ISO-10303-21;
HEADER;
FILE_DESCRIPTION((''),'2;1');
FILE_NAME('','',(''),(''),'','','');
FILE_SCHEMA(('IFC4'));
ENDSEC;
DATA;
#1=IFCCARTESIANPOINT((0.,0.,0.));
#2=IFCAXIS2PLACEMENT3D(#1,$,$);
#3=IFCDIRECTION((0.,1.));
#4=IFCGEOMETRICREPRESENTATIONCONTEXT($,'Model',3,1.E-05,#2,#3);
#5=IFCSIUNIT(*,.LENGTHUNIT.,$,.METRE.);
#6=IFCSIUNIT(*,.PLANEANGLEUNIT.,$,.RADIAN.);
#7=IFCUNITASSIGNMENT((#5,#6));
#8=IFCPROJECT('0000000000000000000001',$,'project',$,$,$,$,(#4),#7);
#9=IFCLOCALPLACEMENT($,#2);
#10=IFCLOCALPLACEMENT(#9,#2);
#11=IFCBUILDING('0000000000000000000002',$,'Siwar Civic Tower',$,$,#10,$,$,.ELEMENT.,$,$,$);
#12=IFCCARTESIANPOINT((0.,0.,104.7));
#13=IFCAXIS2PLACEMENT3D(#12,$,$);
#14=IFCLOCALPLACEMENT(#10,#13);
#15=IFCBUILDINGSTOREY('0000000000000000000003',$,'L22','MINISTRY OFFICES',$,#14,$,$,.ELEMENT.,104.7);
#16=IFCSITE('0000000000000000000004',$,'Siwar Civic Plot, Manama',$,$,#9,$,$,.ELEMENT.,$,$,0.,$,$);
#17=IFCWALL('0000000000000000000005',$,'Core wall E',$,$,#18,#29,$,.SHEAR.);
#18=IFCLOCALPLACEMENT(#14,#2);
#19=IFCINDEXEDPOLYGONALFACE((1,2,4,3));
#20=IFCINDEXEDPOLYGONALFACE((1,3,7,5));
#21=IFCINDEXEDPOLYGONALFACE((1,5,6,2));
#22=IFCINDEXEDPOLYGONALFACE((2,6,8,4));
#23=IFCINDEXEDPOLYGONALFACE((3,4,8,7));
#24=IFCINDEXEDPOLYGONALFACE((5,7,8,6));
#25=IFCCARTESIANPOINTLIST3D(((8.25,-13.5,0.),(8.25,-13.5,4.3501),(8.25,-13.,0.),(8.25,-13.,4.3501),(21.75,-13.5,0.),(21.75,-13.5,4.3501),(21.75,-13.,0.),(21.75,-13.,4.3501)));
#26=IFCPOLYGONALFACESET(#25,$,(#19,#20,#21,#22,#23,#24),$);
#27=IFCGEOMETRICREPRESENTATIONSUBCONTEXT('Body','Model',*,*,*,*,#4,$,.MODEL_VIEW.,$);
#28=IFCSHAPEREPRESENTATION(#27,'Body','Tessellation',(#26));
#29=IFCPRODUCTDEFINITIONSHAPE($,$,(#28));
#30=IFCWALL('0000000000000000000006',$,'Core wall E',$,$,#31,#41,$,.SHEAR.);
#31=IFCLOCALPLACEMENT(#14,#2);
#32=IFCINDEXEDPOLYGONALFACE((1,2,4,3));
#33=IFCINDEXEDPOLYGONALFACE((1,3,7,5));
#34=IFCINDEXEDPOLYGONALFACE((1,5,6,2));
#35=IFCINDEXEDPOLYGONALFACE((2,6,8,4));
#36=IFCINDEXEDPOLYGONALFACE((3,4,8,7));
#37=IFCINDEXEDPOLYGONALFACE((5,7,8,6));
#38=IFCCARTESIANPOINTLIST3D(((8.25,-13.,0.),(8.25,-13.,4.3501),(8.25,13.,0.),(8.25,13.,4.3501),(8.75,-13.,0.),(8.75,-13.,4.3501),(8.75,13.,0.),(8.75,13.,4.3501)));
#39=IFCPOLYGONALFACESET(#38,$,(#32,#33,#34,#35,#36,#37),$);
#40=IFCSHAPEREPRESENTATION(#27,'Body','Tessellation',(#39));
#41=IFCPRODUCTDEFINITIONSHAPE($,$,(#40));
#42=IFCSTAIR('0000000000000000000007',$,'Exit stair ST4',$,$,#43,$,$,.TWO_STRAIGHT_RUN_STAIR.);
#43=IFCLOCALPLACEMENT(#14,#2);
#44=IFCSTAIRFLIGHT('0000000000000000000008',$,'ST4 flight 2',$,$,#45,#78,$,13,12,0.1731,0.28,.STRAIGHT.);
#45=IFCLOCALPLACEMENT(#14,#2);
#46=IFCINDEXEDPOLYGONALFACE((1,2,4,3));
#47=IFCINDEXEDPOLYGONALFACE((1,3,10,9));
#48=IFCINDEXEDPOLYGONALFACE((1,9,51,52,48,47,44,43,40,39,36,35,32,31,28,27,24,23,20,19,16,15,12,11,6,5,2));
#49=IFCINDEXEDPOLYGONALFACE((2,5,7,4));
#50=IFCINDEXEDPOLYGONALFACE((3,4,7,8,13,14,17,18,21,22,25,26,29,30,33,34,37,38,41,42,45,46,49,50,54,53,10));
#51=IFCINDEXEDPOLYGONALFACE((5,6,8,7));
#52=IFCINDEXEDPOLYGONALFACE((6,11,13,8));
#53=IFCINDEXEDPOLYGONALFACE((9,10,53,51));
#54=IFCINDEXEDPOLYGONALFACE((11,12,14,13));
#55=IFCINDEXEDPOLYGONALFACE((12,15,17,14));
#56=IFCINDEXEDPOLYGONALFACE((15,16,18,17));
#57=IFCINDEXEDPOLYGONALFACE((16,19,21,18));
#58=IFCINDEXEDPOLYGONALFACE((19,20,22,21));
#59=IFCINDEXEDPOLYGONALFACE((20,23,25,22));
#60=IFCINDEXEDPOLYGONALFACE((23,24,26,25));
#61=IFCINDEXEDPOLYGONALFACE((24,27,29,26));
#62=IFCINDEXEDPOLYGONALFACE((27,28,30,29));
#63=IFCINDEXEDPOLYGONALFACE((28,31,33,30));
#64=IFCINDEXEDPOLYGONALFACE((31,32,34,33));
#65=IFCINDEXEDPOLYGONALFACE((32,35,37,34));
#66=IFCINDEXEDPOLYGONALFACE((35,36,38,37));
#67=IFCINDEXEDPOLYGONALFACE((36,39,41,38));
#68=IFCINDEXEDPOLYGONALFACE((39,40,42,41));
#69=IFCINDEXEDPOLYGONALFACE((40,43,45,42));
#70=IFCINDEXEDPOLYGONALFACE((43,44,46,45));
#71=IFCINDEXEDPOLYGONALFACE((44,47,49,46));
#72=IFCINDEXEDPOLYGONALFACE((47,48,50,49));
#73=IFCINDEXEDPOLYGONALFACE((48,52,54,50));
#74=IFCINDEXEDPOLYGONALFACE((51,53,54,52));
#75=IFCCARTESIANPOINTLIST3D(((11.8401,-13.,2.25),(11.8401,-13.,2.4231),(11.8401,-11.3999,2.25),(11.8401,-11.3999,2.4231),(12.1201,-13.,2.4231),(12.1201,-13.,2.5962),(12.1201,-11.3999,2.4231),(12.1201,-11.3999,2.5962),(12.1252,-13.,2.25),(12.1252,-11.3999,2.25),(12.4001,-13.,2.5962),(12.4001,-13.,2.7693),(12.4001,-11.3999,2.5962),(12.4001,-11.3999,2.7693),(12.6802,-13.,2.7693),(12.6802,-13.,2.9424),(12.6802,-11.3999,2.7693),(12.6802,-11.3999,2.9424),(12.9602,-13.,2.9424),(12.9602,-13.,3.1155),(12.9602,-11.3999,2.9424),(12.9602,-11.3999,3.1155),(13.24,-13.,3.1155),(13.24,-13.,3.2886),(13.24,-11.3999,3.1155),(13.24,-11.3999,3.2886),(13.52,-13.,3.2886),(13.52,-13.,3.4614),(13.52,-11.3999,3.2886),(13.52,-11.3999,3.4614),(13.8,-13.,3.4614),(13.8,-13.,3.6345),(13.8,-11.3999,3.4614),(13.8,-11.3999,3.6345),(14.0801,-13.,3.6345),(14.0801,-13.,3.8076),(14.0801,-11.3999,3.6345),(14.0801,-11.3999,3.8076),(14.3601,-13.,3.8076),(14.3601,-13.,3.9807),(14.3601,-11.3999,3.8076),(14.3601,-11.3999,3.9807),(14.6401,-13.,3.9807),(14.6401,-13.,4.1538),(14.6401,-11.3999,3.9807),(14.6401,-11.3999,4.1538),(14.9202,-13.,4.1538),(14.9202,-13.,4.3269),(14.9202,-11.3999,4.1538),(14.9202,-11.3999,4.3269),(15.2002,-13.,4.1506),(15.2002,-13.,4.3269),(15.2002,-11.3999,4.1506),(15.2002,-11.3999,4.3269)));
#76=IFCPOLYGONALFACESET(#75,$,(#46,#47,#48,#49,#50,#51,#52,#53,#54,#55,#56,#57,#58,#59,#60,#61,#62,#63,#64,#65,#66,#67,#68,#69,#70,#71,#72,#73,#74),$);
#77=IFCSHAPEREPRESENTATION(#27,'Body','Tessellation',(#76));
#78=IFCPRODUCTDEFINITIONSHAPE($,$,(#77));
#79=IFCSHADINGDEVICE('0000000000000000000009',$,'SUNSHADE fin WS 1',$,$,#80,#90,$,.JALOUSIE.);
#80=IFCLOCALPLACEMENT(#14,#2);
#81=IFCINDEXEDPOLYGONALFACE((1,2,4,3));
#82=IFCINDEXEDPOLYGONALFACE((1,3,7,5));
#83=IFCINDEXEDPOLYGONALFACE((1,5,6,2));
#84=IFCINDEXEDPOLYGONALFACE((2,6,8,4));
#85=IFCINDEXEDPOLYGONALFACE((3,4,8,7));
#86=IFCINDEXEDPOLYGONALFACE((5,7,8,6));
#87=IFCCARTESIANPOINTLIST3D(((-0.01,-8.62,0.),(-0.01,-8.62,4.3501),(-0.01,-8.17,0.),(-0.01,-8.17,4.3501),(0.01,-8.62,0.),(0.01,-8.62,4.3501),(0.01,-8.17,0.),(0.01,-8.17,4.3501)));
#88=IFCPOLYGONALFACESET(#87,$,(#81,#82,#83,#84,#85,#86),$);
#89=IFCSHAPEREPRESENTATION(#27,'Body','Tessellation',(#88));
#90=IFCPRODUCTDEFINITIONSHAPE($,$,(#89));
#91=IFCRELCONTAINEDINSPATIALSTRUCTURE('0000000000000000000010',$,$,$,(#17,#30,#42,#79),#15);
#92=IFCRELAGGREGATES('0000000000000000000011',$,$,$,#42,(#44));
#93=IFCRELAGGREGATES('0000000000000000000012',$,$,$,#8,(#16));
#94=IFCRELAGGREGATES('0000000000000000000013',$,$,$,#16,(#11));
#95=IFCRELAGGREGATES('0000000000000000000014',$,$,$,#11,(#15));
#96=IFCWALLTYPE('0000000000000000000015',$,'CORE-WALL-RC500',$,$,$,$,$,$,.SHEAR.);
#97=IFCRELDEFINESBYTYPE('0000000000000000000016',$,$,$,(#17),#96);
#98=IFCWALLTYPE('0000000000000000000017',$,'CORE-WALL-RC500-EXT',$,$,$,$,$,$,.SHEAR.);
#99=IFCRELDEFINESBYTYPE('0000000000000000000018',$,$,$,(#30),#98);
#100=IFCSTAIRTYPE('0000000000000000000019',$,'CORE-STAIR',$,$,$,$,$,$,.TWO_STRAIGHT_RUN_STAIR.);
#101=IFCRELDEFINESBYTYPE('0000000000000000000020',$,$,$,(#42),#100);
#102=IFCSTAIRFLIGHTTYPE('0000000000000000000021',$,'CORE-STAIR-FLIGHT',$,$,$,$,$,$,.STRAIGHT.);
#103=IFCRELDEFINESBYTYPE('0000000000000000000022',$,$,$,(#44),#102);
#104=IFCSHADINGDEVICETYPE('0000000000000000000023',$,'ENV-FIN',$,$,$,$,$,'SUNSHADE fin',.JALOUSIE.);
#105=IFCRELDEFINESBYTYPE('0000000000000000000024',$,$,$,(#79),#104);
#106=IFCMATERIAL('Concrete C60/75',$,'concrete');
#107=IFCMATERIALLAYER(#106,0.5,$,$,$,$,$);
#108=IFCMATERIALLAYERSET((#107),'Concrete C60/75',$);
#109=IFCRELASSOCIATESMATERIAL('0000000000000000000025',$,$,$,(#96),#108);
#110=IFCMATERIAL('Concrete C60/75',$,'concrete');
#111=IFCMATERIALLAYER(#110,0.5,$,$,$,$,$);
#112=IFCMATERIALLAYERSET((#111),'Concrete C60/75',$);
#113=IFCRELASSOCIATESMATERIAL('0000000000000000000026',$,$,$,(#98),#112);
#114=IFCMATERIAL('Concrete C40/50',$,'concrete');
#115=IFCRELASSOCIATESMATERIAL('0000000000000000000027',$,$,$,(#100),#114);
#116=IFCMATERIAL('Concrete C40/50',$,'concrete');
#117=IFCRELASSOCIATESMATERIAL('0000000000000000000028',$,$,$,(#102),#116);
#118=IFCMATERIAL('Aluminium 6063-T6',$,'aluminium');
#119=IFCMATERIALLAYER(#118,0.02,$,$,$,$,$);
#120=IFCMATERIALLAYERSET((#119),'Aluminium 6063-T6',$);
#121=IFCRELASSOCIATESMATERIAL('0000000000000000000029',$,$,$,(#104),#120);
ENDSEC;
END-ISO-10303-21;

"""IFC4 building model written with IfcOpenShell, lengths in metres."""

from ifc_helpers import new_model, si_unit, direction, frame, frame_2d, origin, origin_2d, place, context, subcontext, project, spatial, polyline, rectangle, outline, extrude, material, layer, layer_set, type_object, element, aggregate, save


model = new_model("IFC4")

# Units and contexts
model_context = context("Model", 3, precision=1e-05, world=origin(), true_north=direction((0.0, 1.0)))
body_context = subcontext(model_context, "Body", "Model", "MODEL_VIEW")
ifc_project = project(units=[si_unit("LENGTHUNIT", "METRE"), si_unit("PLANEANGLEUNIT", "RADIAN")], contexts=[model_context])

# Site, building, storey
site_placement = place(None, origin())
site = spatial("IfcSite", under=ifc_project, at=site_placement, Name="Siwar Civic Plot, Manama", CompositionType="ELEMENT", RefElevation=0.0)
building_placement = place(site_placement, origin())
building = spatial("IfcBuilding", under=site, at=building_placement, Name="Siwar Civic Tower", CompositionType="ELEMENT")
storey_placement = place(building_placement, frame((0.0, 0.0, 104.7)))
storey = spatial("IfcBuildingStorey", under=building, at=storey_placement, Name="L22", Description="MINISTRY OFFICES", CompositionType="ELEMENT", Elevation=104.7)

# Walls
ifc_material_1 = material(Name="Concrete C60/75", Category="concrete")
ifc_layer_1 = layer(ifc_material_1, 0.5)
ifc_layer_set_1 = layer_set([ifc_layer_1], Name="Concrete C60/75")
wall_type_1 = type_object("IfcWallType", Name="CORE-WALL-RC500", PredefinedType="SHEAR", material=ifc_layer_set_1)
wall_1_placement = place(storey_placement, frame((8.25, -13.25, 0.0), z_axis=(0.0, 0.0, 1.0), x_axis=(1.0, 0.0, 0.0)))
element("IfcWall", 1, at=wall_1_placement, inside=storey, type_object=wall_type_1, Name="Core wall E", PredefinedType="SHEAR", context=body_context, shape_type="SweptSolid", body=[
    extrude(rectangle(XDim=13.5, YDim=0.5, at=frame_2d((6.75, 0.0))), origin(), (0.0, 0.0, 1.0), 4.3501),
])
ifc_material_2 = material(Name="Concrete C60/75", Category="concrete")
ifc_layer_2 = layer(ifc_material_2, 0.5)
ifc_layer_set_2 = layer_set([ifc_layer_2], Name="Concrete C60/75")
wall_type_2 = type_object("IfcWallType", Name="CORE-WALL-RC500-EXT", PredefinedType="SHEAR", material=ifc_layer_set_2)
wall_2_placement = place(storey_placement, frame((8.5, -13.0, 0.0), z_axis=(0.0, 0.0, 1.0), x_axis=(0.0, 1.0, 0.0)))
element("IfcWall", 2, at=wall_2_placement, inside=storey, type_object=wall_type_2, Name="Core wall E", PredefinedType="SHEAR", context=body_context, shape_type="SweptSolid", body=[
    extrude(rectangle(XDim=26.0, YDim=0.5, at=frame_2d((13.0, 0.0))), origin(), (0.0, 0.0, 1.0), 4.3501),
])

# Stair, stair flight
ifc_material_3 = material(Name="Concrete C40/50", Category="concrete")
stair_type = type_object("IfcStairType", Name="CORE-STAIR", PredefinedType="TWO_STRAIGHT_RUN_STAIR", material=ifc_material_3)
stair_placement = place(storey_placement, origin())
stair = element("IfcStair", 3, at=stair_placement, inside=storey, type_object=stair_type, Name="Exit stair ST4", PredefinedType="TWO_STRAIGHT_RUN_STAIR")
ifc_material_4 = material(Name="Concrete C40/50", Category="concrete")
stair_flight_type = type_object("IfcStairFlightType", Name="CORE-STAIR-FLIGHT", PredefinedType="STRAIGHT", material=ifc_material_4)
stair_flight_placement = place(storey_placement, frame((11.8401, -12.2, 2.25), z_axis=(0.0, 0.0, 1.0), x_axis=(1.0, 0.0, 0.0)))
stair_flight = element("IfcStairFlight", 4, at=stair_flight_placement, type_object=stair_flight_type, Name="ST4 flight 2", NumberOfRisers=13, NumberOfTreads=12, PredefinedType="STRAIGHT", RiserHeight=0.1731, TreadLength=0.28, context=body_context, shape_type="SweptSolid", body=[
    extrude(outline(polyline([(0.0, 0.0), (0.0, 0.1731), (0.28, 0.1731), (0.28, 0.3462), (0.5601, 0.3462), (0.5601, 0.5193), (0.8401, 0.5193), (0.8401, 0.6924), (1.1201, 0.6924), (1.1201, 0.8655), (1.3999, 0.8655), (1.3999, 1.0386), (1.6799, 1.0386), (1.6799, 1.2114), (1.96, 1.2114), (1.96, 1.3845), (2.24, 1.3845), (2.24, 1.5576), (2.52, 1.5576), (2.52, 1.7307), (2.8, 1.7307), (2.8, 1.9038), (3.0801, 1.9038), (3.0801, 2.0769), (3.3601, 2.0769), (3.3601, 2.25), (3.3601, 1.9006), (0.2852, 0.0), (0.0, 0.0)])), frame((0.0, 0.8, 0.0), z_axis=(0.0, -1.0, 0.0), x_axis=(1.0, 0.0, 0.0)), (0.0, 0.0, 1.0), 1.6001),
])
aggregate(stair, [stair_flight])

# Shading device
ifc_material_5 = material(Name="Aluminium 6063-T6", Category="aluminium")
ifc_layer_3 = layer(ifc_material_5, 0.02)
ifc_layer_set_3 = layer_set([ifc_layer_3], Name="Aluminium 6063-T6")
shading_device_type = type_object("IfcShadingDeviceType", Name="ENV-FIN", ElementType="SUNSHADE fin", PredefinedType="JALOUSIE", material=ifc_layer_set_3)
shading_device_placement = place(storey_placement, frame((0.0, -8.395, 0.0), z_axis=(0.0, 0.0, 1.0), x_axis=(1.0, 0.0, 0.0)))
element("IfcShadingDevice", 5, at=shading_device_placement, inside=storey, type_object=shading_device_type, Name="SUNSHADE fin WS 1", PredefinedType="JALOUSIE", context=body_context, shape_type="SweptSolid", body=[
    extrude(rectangle(XDim=0.02, YDim=0.45, at=origin_2d()), origin(), (0.0, 0.0, 1.0), 4.3501),
])

save(model, "model.ifc")
